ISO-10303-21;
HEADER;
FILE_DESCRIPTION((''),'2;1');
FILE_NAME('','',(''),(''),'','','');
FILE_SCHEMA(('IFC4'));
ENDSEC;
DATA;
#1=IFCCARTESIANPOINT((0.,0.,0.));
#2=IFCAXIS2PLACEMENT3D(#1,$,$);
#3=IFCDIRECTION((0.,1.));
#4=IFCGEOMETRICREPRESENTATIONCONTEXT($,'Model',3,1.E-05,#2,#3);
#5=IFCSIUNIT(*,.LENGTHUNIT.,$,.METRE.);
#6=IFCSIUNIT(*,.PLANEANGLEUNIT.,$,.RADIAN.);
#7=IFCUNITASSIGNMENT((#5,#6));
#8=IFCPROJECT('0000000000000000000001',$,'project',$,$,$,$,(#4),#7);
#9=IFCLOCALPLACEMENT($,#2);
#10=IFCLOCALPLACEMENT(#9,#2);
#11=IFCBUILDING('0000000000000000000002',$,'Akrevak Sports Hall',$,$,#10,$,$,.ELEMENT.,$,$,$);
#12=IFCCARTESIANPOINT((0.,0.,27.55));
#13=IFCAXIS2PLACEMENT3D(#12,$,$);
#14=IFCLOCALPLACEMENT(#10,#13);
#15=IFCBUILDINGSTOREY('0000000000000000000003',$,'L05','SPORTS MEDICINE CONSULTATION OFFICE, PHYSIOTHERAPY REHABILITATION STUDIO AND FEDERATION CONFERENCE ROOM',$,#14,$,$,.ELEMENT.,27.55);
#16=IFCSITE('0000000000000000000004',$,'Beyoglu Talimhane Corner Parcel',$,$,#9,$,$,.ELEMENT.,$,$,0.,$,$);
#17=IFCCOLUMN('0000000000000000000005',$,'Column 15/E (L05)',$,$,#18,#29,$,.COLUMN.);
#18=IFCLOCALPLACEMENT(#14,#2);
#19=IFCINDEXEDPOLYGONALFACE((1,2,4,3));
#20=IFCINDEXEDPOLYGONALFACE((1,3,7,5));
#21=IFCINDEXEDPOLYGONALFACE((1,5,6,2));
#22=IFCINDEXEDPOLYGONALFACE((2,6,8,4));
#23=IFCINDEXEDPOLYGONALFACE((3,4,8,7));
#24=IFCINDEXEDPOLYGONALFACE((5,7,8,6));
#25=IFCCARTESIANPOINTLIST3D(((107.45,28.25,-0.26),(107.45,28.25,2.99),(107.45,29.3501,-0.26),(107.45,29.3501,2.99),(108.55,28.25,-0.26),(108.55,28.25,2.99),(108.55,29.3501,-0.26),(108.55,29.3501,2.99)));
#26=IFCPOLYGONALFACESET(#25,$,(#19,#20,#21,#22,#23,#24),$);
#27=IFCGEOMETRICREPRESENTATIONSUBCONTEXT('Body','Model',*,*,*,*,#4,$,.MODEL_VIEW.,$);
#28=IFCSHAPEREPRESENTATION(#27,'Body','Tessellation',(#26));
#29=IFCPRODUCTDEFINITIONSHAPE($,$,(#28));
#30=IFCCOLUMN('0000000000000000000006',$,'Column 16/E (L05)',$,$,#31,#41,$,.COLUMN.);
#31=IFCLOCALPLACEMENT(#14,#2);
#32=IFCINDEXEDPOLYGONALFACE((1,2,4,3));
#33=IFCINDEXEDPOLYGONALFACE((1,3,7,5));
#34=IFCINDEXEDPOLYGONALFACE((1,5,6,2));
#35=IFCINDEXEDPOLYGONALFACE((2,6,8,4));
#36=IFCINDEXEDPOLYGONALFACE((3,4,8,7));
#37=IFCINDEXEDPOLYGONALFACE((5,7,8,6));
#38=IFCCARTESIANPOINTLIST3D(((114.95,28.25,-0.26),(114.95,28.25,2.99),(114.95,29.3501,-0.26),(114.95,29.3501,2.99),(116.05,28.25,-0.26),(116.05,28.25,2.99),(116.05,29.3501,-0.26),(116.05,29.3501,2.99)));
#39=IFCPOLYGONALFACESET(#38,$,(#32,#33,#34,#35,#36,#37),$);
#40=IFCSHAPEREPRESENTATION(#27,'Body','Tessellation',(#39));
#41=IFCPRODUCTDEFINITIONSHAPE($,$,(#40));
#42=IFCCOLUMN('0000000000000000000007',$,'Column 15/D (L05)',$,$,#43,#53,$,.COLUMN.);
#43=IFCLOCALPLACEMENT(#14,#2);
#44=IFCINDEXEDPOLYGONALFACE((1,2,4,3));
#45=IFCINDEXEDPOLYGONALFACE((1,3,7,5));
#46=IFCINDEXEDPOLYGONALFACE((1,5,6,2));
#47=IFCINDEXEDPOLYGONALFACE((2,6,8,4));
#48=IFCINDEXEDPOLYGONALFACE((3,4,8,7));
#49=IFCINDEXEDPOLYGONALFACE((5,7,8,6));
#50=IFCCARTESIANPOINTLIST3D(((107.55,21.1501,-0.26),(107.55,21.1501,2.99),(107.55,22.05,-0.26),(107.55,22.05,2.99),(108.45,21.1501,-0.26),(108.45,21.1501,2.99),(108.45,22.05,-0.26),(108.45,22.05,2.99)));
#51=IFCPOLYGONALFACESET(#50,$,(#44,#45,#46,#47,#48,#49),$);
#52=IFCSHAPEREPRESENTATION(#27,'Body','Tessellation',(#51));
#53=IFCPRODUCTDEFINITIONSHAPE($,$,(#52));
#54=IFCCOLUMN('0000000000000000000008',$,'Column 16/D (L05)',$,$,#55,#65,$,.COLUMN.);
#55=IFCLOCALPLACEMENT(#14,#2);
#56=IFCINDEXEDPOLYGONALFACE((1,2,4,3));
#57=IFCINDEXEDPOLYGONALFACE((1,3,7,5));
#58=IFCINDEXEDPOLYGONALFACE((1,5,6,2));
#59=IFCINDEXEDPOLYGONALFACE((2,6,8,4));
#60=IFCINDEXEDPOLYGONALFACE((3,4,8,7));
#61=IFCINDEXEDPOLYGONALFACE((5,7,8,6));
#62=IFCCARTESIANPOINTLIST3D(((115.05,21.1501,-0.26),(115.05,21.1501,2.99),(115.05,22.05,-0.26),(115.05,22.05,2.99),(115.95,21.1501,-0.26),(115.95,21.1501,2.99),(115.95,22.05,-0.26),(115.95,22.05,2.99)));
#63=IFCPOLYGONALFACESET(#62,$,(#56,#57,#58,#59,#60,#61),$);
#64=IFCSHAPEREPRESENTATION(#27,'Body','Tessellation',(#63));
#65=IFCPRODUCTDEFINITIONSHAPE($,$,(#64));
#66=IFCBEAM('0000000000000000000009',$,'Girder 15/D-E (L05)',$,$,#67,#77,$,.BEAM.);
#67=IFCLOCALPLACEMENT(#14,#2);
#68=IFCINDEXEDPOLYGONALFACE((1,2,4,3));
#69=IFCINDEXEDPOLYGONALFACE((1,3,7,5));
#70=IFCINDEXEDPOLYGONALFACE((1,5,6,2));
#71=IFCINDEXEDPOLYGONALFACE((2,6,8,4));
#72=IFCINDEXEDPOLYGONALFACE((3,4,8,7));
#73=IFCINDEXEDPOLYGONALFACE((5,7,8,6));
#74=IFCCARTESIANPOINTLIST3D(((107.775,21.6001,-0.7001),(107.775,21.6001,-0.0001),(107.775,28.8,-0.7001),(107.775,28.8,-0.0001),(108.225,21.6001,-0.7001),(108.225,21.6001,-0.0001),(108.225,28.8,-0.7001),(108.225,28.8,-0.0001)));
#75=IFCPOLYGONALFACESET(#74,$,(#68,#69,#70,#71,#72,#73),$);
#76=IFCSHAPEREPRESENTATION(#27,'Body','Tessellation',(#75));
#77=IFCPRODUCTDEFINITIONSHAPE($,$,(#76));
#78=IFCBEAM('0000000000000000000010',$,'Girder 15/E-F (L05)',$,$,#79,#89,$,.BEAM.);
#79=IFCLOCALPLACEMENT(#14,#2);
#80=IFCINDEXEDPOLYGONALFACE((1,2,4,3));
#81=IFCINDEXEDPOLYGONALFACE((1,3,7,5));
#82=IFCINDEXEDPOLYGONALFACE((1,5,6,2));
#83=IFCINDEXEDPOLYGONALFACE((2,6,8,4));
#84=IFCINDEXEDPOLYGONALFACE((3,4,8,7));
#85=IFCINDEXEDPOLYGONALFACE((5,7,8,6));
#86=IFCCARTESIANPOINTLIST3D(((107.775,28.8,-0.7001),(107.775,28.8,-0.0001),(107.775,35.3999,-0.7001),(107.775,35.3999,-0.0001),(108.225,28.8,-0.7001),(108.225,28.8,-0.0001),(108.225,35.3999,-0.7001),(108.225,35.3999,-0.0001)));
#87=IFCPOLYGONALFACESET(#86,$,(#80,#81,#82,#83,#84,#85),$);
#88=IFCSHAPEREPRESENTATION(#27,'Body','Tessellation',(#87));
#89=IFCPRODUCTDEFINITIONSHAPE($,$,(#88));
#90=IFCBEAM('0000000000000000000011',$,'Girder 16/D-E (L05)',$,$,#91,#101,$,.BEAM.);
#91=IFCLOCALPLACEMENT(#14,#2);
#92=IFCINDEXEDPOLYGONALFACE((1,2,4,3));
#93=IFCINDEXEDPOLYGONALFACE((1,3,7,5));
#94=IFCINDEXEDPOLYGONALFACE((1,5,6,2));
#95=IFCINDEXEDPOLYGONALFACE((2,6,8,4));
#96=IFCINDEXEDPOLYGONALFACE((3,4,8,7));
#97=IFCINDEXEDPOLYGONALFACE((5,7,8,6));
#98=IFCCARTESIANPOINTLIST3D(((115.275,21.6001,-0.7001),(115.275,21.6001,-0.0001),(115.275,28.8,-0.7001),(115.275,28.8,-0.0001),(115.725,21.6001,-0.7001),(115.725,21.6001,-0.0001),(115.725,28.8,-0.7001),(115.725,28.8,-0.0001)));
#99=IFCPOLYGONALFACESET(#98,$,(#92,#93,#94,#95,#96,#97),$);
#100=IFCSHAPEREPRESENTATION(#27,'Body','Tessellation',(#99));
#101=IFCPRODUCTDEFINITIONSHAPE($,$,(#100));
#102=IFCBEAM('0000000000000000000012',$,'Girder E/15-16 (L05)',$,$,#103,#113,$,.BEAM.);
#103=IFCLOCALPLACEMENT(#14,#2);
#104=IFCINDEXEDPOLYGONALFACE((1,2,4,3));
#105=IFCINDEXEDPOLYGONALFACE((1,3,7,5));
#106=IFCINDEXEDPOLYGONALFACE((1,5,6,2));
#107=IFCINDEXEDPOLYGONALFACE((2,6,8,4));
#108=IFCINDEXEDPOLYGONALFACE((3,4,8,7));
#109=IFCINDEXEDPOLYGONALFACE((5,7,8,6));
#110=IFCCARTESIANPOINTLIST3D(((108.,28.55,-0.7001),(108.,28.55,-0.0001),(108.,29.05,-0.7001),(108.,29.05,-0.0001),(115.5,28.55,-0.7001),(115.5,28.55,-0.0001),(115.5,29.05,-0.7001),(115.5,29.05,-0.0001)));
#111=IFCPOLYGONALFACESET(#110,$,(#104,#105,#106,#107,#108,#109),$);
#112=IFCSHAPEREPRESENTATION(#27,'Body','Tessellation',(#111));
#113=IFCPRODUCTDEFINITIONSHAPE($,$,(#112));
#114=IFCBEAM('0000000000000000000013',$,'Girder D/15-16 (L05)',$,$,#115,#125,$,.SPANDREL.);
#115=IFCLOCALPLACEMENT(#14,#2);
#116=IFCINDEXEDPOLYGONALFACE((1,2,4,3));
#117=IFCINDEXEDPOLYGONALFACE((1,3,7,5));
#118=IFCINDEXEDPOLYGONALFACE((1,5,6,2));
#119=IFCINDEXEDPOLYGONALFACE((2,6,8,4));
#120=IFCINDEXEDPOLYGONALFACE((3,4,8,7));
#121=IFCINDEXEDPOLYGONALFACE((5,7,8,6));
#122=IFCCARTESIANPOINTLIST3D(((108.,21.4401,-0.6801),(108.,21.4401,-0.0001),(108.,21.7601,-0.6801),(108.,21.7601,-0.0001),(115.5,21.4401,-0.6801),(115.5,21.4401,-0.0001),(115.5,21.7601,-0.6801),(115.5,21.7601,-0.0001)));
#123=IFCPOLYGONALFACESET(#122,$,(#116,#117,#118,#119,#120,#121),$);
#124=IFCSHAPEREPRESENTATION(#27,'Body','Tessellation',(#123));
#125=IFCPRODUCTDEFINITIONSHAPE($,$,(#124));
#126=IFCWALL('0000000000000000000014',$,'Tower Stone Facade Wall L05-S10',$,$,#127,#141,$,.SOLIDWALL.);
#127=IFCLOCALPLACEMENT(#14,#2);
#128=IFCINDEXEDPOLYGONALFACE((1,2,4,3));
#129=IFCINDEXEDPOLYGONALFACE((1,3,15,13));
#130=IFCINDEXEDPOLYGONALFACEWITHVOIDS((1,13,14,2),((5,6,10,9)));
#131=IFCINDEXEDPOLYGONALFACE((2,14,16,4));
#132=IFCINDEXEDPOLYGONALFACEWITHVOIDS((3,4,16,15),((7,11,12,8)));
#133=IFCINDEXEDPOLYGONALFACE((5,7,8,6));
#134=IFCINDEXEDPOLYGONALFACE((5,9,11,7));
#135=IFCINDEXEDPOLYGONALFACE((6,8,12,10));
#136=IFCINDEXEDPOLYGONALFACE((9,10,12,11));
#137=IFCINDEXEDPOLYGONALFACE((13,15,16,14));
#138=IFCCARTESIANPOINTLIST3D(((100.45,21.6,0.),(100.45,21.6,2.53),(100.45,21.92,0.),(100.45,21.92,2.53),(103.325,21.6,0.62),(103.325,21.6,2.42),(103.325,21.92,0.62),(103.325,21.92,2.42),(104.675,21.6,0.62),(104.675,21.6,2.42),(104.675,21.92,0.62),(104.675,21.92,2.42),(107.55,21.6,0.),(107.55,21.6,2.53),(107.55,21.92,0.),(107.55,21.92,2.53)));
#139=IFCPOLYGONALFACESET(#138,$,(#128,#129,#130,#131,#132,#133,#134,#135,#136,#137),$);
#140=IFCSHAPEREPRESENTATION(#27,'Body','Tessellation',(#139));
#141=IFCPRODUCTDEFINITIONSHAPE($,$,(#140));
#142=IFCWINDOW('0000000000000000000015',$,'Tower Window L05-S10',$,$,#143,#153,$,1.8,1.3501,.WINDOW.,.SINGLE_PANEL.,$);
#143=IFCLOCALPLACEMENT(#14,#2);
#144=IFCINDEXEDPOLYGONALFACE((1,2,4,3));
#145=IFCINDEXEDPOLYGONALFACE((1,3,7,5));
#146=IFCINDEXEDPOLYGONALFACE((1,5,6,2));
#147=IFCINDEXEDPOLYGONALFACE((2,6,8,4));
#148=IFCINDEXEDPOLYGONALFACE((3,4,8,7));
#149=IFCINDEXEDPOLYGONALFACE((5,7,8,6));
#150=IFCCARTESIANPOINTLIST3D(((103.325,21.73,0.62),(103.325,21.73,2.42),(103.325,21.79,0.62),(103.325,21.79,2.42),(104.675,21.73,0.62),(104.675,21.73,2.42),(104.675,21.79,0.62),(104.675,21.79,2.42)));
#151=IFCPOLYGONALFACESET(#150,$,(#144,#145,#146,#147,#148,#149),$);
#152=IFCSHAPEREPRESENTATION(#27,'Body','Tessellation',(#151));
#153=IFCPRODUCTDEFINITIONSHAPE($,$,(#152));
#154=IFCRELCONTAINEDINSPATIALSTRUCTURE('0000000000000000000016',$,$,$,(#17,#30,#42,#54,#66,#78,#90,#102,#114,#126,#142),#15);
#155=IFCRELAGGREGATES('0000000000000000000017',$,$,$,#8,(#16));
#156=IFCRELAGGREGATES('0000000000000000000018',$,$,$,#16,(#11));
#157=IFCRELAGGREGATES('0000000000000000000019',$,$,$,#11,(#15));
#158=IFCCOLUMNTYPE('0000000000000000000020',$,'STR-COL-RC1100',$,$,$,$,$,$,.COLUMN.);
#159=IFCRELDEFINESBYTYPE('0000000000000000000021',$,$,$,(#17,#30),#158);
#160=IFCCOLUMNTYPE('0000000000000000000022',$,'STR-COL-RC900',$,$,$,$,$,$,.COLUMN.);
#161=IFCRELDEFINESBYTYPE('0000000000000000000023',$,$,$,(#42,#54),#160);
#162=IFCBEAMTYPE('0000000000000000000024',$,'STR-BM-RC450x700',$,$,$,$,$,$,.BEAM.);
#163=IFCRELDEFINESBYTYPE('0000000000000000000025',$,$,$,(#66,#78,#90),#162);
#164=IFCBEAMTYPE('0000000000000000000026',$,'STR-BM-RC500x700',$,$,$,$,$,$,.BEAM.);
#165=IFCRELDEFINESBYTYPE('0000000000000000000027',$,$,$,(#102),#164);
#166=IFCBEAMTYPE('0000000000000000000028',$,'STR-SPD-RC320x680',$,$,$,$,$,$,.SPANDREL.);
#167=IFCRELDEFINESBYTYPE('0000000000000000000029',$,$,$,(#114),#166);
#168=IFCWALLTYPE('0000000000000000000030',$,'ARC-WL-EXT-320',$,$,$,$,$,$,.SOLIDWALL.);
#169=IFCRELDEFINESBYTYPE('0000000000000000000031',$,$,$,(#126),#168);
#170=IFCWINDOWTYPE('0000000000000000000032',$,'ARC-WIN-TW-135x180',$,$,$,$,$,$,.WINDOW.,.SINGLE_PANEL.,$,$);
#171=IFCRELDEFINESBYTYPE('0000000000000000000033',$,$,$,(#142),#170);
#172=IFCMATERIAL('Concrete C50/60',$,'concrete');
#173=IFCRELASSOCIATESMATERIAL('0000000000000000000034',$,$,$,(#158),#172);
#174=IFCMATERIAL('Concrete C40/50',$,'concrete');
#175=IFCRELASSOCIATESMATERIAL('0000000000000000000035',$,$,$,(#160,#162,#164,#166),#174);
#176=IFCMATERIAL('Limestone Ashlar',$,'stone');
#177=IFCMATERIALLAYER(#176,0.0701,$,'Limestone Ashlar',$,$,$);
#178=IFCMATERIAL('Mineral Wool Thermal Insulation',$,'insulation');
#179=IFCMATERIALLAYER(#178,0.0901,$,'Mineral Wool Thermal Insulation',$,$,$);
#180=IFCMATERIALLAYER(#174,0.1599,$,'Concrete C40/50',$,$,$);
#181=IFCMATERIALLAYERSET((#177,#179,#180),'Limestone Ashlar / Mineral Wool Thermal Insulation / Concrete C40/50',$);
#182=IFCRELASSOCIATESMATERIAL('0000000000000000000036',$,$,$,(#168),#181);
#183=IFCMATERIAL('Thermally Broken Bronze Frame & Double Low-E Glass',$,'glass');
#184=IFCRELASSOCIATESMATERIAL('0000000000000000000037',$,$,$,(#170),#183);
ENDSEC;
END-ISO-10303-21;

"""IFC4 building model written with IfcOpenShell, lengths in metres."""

from ifc_helpers import new_model, si_unit, direction, frame, frame_2d, origin, origin_2d, place, context, subcontext, project, spatial, rectangle, extrude, material, layer, layer_set, material_profile, profile_set, type_object, element, fill, save


model = new_model("IFC4")

# Units and contexts
model_context = context("Model", 3, precision=1e-05, world=origin(), true_north=direction((0.0, 1.0)))
body_context = subcontext(model_context, "Body", "Model", "MODEL_VIEW")
ifc_project = project(units=[si_unit("LENGTHUNIT", "METRE"), si_unit("PLANEANGLEUNIT", "RADIAN")], contexts=[model_context])

# Site, building, storey
site_placement = place(None, origin())
site = spatial("IfcSite", under=ifc_project, at=site_placement, Name="Beyoglu Talimhane Corner Parcel", CompositionType="ELEMENT", RefElevation=0.0)
building_placement = place(site_placement, origin())
building = spatial("IfcBuilding", under=site, at=building_placement, Name="Akrevak Sports Hall", CompositionType="ELEMENT")
storey_placement = place(building_placement, frame((0.0, 0.0, 27.55)))
storey = spatial("IfcBuildingStorey", under=building, at=storey_placement, Name="L05", Description="SPORTS MEDICINE CONSULTATION OFFICE, PHYSIOTHERAPY REHABILITATION STUDIO AND FEDERATION CONFERENCE ROOM", CompositionType="ELEMENT", Elevation=27.55)

# Columns
ifc_material_1 = material(Name="Concrete C50/60", Category="concrete")
ifc_material_profile_1 = material_profile(ifc_material_1, rectangle(XDim=1.1001, YDim=1.1001, at=origin_2d()), Name="RC 1100x1100", Category="concrete")
ifc_profile_set_1 = profile_set([ifc_material_profile_1], Name="Concrete C50/60")
column_type_1 = type_object("IfcColumnType", Name="STR-COL-RC1100", PredefinedType="COLUMN", material=ifc_profile_set_1)
for number, where, z_axis, x_axis, name in (
    (1, (108.0, 28.8, -0.26), (0.0, 0.0, 1.0), (1.0, 0.0, 0.0), "Column 15/E (L05)"),
    (2, (115.5, 28.8, -0.26), (0.0, 0.0, 1.0), (1.0, 0.0, 0.0), "Column 16/E (L05)"),
):
    element("IfcColumn", number, at=place(storey_placement, frame(where, z_axis=z_axis, x_axis=x_axis)), inside=storey, type_object=column_type_1, Name=name, PredefinedType="COLUMN", context=body_context, shape_type="SweptSolid", body=[
        extrude(rectangle(XDim=1.1001, YDim=1.1001, at=origin_2d()), origin(), (0.0, 0.0, 1.0), 3.25),
    ])
ifc_material_2 = material(Name="Concrete C40/50", Category="concrete")
ifc_material_profile_2 = material_profile(ifc_material_2, rectangle(XDim=0.8999, YDim=0.8999, at=origin_2d()), Name="RC 900x900", Category="concrete")
ifc_profile_set_2 = profile_set([ifc_material_profile_2], Name="Concrete C40/50")
column_type_2 = type_object("IfcColumnType", Name="STR-COL-RC900", PredefinedType="COLUMN", material=ifc_profile_set_2)
for number, where, z_axis, x_axis, name in (
    (3, (108.0, 21.6001, -0.26), (0.0, 0.0, 1.0), (1.0, 0.0, 0.0), "Column 15/D (L05)"),
    (4, (115.5, 21.6001, -0.26), (0.0, 0.0, 1.0), (1.0, 0.0, 0.0), "Column 16/D (L05)"),
):
    element("IfcColumn", number, at=place(storey_placement, frame(where, z_axis=z_axis, x_axis=x_axis)), inside=storey, type_object=column_type_2, Name=name, PredefinedType="COLUMN", context=body_context, shape_type="SweptSolid", body=[
        extrude(rectangle(XDim=0.8999, YDim=0.8999, at=origin_2d()), origin(), (0.0, 0.0, 1.0), 3.25),
    ])

# Beams
ifc_material_profile_3 = material_profile(ifc_material_2, rectangle(XDim=0.45, YDim=0.7, at=origin_2d()), Name="BM 450x700", Category="concrete")
ifc_profile_set_3 = profile_set([ifc_material_profile_3], Name="Concrete C40/50")
beam_type_1 = type_object("IfcBeamType", Name="STR-BM-RC450x700", PredefinedType="BEAM", material=ifc_profile_set_3)
beam_1_placement = place(storey_placement, frame((108.0, 21.6001, -0.3501), z_axis=(0.0, 1.0, 0.0), x_axis=(-1.0, 0.0, 0.0)))
element("IfcBeam", 5, at=beam_1_placement, inside=storey, type_object=beam_type_1, Name="Girder 15/D-E (L05)", PredefinedType="BEAM", context=body_context, shape_type="SweptSolid", body=[
    extrude(rectangle(XDim=0.45, YDim=0.7, at=origin_2d()), origin(), (0.0, 0.0, 1.0), 7.2),
])
beam_2_placement = place(storey_placement, frame((108.0, 28.8, -0.3501), z_axis=(0.0, 1.0, 0.0), x_axis=(-1.0, 0.0, 0.0)))
element("IfcBeam", 6, at=beam_2_placement, inside=storey, type_object=beam_type_1, Name="Girder 15/E-F (L05)", PredefinedType="BEAM", context=body_context, shape_type="SweptSolid", body=[
    extrude(rectangle(XDim=0.45, YDim=0.7, at=origin_2d()), origin(), (0.0, 0.0, 1.0), 6.5999),
])
beam_3_placement = place(storey_placement, frame((115.5, 21.6001, -0.3501), z_axis=(0.0, 1.0, 0.0), x_axis=(-1.0, 0.0, 0.0)))
element("IfcBeam", 7, at=beam_3_placement, inside=storey, type_object=beam_type_1, Name="Girder 16/D-E (L05)", PredefinedType="BEAM", context=body_context, shape_type="SweptSolid", body=[
    extrude(rectangle(XDim=0.45, YDim=0.7, at=origin_2d()), origin(), (0.0, 0.0, 1.0), 7.2),
])
ifc_material_profile_4 = material_profile(ifc_material_2, rectangle(XDim=0.5, YDim=0.7, at=origin_2d()), Name="BM 500x700", Category="concrete")
ifc_profile_set_4 = profile_set([ifc_material_profile_4], Name="Concrete C40/50")
beam_type_2 = type_object("IfcBeamType", Name="STR-BM-RC500x700", PredefinedType="BEAM", material=ifc_profile_set_4)
beam_4_placement = place(storey_placement, frame((108.0, 28.8, -0.3501), z_axis=(1.0, 0.0, 0.0), x_axis=(0.0, 1.0, 0.0)))
element("IfcBeam", 8, at=beam_4_placement, inside=storey, type_object=beam_type_2, Name="Girder E/15-16 (L05)", PredefinedType="BEAM", context=body_context, shape_type="SweptSolid", body=[
    extrude(rectangle(XDim=0.5, YDim=0.7, at=origin_2d()), origin(), (0.0, 0.0, 1.0), 7.5),
])
ifc_material_profile_5 = material_profile(ifc_material_2, rectangle(XDim=0.3201, YDim=0.6799, at=origin_2d()), Name="SPD 320x680", Category="concrete")
ifc_profile_set_5 = profile_set([ifc_material_profile_5], Name="Concrete C40/50")
beam_type_3 = type_object("IfcBeamType", Name="STR-SPD-RC320x680", PredefinedType="SPANDREL", material=ifc_profile_set_5)
beam_5_placement = place(storey_placement, frame((108.0, 21.6001, -0.3401), z_axis=(1.0, 0.0, 0.0), x_axis=(0.0, 1.0, 0.0)))
element("IfcBeam", 9, at=beam_5_placement, inside=storey, type_object=beam_type_3, Name="Girder D/15-16 (L05)", PredefinedType="SPANDREL", context=body_context, shape_type="SweptSolid", body=[
    extrude(rectangle(XDim=0.3201, YDim=0.6799, at=origin_2d()), origin(), (0.0, 0.0, 1.0), 7.5),
])

# Wall, opening, window
ifc_material_3 = material(Name="Limestone Ashlar", Category="stone")
ifc_layer_1 = layer(ifc_material_3, 0.0701, Name="Limestone Ashlar")
ifc_material_4 = material(Name="Mineral Wool Thermal Insulation", Category="insulation")
ifc_layer_2 = layer(ifc_material_4, 0.0901, Name="Mineral Wool Thermal Insulation")
ifc_layer_3 = layer(ifc_material_2, 0.1599, Name="Concrete C40/50")
ifc_layer_set_1 = layer_set([ifc_layer_1, ifc_layer_2, ifc_layer_3], Name="Limestone Ashlar / Mineral Wool Thermal Insulation / Concrete C40/50")
wall_type = type_object("IfcWallType", Name="ARC-WL-EXT-320", PredefinedType="SOLIDWALL", material=ifc_layer_set_1)
wall_1_placement = place(storey_placement, frame((100.45, 21.76, 0.0), z_axis=(0.0, 0.0, 1.0), x_axis=(1.0, 0.0, 0.0)))
wall_1 = element("IfcWall", 10, at=wall_1_placement, inside=storey, type_object=wall_type, Name="Tower Stone Facade Wall L05-S10", PredefinedType="SOLIDWALL", context=body_context, shape_type="SweptSolid", body=[
    extrude(rectangle(XDim=7.1001, YDim=0.3201, at=frame_2d((3.55, 0.0))), origin(), (0.0, 0.0, 1.0), 2.53),
])
opening_1_placement = place(wall_1_placement, frame((2.875, 0.0, 0.6201)))
opening_1 = element("IfcOpeningElement", 11, at=opening_1_placement, cuts=wall_1, PredefinedType="OPENING", context=body_context, shape_type="SweptSolid", body=[
    extrude(rectangle(XDim=1.3501, YDim=1.8, at=frame_2d((0.675, 0.8999))), frame((0.0, 0.1719, 0.0), z_axis=(0.0, -1.0, 0.0), x_axis=(1.0, 0.0, 0.0)), (0.0, 0.0, 1.0), 0.344),
])
ifc_material_5 = material(Name="Thermally Broken Bronze Frame & Double Low-E Glass", Category="glass")
window_type_1 = type_object("IfcWindowType", Name="ARC-WIN-TW-135x180", PartitioningType="SINGLE_PANEL", PredefinedType="WINDOW", material=ifc_material_5)
window_1_placement = place(opening_1_placement, origin())
window_1 = element("IfcWindow", 12, at=window_1_placement, inside=storey, type_object=window_type_1, Name="Tower Window L05-S10", OverallHeight=1.8, OverallWidth=1.3501, PartitioningType="SINGLE_PANEL", PredefinedType="WINDOW", context=body_context, shape_type="SweptSolid", body=[
    extrude(rectangle(XDim=1.3501, YDim=1.8, at=frame_2d((0.675, 0.8999))), frame((0.0, 0.03, 0.0), z_axis=(0.0, -1.0, 0.0), x_axis=(1.0, 0.0, 0.0)), (0.0, 0.0, 1.0), 0.0601),
])
fill(opening_1, window_1)

save(model, "model.ifc")
